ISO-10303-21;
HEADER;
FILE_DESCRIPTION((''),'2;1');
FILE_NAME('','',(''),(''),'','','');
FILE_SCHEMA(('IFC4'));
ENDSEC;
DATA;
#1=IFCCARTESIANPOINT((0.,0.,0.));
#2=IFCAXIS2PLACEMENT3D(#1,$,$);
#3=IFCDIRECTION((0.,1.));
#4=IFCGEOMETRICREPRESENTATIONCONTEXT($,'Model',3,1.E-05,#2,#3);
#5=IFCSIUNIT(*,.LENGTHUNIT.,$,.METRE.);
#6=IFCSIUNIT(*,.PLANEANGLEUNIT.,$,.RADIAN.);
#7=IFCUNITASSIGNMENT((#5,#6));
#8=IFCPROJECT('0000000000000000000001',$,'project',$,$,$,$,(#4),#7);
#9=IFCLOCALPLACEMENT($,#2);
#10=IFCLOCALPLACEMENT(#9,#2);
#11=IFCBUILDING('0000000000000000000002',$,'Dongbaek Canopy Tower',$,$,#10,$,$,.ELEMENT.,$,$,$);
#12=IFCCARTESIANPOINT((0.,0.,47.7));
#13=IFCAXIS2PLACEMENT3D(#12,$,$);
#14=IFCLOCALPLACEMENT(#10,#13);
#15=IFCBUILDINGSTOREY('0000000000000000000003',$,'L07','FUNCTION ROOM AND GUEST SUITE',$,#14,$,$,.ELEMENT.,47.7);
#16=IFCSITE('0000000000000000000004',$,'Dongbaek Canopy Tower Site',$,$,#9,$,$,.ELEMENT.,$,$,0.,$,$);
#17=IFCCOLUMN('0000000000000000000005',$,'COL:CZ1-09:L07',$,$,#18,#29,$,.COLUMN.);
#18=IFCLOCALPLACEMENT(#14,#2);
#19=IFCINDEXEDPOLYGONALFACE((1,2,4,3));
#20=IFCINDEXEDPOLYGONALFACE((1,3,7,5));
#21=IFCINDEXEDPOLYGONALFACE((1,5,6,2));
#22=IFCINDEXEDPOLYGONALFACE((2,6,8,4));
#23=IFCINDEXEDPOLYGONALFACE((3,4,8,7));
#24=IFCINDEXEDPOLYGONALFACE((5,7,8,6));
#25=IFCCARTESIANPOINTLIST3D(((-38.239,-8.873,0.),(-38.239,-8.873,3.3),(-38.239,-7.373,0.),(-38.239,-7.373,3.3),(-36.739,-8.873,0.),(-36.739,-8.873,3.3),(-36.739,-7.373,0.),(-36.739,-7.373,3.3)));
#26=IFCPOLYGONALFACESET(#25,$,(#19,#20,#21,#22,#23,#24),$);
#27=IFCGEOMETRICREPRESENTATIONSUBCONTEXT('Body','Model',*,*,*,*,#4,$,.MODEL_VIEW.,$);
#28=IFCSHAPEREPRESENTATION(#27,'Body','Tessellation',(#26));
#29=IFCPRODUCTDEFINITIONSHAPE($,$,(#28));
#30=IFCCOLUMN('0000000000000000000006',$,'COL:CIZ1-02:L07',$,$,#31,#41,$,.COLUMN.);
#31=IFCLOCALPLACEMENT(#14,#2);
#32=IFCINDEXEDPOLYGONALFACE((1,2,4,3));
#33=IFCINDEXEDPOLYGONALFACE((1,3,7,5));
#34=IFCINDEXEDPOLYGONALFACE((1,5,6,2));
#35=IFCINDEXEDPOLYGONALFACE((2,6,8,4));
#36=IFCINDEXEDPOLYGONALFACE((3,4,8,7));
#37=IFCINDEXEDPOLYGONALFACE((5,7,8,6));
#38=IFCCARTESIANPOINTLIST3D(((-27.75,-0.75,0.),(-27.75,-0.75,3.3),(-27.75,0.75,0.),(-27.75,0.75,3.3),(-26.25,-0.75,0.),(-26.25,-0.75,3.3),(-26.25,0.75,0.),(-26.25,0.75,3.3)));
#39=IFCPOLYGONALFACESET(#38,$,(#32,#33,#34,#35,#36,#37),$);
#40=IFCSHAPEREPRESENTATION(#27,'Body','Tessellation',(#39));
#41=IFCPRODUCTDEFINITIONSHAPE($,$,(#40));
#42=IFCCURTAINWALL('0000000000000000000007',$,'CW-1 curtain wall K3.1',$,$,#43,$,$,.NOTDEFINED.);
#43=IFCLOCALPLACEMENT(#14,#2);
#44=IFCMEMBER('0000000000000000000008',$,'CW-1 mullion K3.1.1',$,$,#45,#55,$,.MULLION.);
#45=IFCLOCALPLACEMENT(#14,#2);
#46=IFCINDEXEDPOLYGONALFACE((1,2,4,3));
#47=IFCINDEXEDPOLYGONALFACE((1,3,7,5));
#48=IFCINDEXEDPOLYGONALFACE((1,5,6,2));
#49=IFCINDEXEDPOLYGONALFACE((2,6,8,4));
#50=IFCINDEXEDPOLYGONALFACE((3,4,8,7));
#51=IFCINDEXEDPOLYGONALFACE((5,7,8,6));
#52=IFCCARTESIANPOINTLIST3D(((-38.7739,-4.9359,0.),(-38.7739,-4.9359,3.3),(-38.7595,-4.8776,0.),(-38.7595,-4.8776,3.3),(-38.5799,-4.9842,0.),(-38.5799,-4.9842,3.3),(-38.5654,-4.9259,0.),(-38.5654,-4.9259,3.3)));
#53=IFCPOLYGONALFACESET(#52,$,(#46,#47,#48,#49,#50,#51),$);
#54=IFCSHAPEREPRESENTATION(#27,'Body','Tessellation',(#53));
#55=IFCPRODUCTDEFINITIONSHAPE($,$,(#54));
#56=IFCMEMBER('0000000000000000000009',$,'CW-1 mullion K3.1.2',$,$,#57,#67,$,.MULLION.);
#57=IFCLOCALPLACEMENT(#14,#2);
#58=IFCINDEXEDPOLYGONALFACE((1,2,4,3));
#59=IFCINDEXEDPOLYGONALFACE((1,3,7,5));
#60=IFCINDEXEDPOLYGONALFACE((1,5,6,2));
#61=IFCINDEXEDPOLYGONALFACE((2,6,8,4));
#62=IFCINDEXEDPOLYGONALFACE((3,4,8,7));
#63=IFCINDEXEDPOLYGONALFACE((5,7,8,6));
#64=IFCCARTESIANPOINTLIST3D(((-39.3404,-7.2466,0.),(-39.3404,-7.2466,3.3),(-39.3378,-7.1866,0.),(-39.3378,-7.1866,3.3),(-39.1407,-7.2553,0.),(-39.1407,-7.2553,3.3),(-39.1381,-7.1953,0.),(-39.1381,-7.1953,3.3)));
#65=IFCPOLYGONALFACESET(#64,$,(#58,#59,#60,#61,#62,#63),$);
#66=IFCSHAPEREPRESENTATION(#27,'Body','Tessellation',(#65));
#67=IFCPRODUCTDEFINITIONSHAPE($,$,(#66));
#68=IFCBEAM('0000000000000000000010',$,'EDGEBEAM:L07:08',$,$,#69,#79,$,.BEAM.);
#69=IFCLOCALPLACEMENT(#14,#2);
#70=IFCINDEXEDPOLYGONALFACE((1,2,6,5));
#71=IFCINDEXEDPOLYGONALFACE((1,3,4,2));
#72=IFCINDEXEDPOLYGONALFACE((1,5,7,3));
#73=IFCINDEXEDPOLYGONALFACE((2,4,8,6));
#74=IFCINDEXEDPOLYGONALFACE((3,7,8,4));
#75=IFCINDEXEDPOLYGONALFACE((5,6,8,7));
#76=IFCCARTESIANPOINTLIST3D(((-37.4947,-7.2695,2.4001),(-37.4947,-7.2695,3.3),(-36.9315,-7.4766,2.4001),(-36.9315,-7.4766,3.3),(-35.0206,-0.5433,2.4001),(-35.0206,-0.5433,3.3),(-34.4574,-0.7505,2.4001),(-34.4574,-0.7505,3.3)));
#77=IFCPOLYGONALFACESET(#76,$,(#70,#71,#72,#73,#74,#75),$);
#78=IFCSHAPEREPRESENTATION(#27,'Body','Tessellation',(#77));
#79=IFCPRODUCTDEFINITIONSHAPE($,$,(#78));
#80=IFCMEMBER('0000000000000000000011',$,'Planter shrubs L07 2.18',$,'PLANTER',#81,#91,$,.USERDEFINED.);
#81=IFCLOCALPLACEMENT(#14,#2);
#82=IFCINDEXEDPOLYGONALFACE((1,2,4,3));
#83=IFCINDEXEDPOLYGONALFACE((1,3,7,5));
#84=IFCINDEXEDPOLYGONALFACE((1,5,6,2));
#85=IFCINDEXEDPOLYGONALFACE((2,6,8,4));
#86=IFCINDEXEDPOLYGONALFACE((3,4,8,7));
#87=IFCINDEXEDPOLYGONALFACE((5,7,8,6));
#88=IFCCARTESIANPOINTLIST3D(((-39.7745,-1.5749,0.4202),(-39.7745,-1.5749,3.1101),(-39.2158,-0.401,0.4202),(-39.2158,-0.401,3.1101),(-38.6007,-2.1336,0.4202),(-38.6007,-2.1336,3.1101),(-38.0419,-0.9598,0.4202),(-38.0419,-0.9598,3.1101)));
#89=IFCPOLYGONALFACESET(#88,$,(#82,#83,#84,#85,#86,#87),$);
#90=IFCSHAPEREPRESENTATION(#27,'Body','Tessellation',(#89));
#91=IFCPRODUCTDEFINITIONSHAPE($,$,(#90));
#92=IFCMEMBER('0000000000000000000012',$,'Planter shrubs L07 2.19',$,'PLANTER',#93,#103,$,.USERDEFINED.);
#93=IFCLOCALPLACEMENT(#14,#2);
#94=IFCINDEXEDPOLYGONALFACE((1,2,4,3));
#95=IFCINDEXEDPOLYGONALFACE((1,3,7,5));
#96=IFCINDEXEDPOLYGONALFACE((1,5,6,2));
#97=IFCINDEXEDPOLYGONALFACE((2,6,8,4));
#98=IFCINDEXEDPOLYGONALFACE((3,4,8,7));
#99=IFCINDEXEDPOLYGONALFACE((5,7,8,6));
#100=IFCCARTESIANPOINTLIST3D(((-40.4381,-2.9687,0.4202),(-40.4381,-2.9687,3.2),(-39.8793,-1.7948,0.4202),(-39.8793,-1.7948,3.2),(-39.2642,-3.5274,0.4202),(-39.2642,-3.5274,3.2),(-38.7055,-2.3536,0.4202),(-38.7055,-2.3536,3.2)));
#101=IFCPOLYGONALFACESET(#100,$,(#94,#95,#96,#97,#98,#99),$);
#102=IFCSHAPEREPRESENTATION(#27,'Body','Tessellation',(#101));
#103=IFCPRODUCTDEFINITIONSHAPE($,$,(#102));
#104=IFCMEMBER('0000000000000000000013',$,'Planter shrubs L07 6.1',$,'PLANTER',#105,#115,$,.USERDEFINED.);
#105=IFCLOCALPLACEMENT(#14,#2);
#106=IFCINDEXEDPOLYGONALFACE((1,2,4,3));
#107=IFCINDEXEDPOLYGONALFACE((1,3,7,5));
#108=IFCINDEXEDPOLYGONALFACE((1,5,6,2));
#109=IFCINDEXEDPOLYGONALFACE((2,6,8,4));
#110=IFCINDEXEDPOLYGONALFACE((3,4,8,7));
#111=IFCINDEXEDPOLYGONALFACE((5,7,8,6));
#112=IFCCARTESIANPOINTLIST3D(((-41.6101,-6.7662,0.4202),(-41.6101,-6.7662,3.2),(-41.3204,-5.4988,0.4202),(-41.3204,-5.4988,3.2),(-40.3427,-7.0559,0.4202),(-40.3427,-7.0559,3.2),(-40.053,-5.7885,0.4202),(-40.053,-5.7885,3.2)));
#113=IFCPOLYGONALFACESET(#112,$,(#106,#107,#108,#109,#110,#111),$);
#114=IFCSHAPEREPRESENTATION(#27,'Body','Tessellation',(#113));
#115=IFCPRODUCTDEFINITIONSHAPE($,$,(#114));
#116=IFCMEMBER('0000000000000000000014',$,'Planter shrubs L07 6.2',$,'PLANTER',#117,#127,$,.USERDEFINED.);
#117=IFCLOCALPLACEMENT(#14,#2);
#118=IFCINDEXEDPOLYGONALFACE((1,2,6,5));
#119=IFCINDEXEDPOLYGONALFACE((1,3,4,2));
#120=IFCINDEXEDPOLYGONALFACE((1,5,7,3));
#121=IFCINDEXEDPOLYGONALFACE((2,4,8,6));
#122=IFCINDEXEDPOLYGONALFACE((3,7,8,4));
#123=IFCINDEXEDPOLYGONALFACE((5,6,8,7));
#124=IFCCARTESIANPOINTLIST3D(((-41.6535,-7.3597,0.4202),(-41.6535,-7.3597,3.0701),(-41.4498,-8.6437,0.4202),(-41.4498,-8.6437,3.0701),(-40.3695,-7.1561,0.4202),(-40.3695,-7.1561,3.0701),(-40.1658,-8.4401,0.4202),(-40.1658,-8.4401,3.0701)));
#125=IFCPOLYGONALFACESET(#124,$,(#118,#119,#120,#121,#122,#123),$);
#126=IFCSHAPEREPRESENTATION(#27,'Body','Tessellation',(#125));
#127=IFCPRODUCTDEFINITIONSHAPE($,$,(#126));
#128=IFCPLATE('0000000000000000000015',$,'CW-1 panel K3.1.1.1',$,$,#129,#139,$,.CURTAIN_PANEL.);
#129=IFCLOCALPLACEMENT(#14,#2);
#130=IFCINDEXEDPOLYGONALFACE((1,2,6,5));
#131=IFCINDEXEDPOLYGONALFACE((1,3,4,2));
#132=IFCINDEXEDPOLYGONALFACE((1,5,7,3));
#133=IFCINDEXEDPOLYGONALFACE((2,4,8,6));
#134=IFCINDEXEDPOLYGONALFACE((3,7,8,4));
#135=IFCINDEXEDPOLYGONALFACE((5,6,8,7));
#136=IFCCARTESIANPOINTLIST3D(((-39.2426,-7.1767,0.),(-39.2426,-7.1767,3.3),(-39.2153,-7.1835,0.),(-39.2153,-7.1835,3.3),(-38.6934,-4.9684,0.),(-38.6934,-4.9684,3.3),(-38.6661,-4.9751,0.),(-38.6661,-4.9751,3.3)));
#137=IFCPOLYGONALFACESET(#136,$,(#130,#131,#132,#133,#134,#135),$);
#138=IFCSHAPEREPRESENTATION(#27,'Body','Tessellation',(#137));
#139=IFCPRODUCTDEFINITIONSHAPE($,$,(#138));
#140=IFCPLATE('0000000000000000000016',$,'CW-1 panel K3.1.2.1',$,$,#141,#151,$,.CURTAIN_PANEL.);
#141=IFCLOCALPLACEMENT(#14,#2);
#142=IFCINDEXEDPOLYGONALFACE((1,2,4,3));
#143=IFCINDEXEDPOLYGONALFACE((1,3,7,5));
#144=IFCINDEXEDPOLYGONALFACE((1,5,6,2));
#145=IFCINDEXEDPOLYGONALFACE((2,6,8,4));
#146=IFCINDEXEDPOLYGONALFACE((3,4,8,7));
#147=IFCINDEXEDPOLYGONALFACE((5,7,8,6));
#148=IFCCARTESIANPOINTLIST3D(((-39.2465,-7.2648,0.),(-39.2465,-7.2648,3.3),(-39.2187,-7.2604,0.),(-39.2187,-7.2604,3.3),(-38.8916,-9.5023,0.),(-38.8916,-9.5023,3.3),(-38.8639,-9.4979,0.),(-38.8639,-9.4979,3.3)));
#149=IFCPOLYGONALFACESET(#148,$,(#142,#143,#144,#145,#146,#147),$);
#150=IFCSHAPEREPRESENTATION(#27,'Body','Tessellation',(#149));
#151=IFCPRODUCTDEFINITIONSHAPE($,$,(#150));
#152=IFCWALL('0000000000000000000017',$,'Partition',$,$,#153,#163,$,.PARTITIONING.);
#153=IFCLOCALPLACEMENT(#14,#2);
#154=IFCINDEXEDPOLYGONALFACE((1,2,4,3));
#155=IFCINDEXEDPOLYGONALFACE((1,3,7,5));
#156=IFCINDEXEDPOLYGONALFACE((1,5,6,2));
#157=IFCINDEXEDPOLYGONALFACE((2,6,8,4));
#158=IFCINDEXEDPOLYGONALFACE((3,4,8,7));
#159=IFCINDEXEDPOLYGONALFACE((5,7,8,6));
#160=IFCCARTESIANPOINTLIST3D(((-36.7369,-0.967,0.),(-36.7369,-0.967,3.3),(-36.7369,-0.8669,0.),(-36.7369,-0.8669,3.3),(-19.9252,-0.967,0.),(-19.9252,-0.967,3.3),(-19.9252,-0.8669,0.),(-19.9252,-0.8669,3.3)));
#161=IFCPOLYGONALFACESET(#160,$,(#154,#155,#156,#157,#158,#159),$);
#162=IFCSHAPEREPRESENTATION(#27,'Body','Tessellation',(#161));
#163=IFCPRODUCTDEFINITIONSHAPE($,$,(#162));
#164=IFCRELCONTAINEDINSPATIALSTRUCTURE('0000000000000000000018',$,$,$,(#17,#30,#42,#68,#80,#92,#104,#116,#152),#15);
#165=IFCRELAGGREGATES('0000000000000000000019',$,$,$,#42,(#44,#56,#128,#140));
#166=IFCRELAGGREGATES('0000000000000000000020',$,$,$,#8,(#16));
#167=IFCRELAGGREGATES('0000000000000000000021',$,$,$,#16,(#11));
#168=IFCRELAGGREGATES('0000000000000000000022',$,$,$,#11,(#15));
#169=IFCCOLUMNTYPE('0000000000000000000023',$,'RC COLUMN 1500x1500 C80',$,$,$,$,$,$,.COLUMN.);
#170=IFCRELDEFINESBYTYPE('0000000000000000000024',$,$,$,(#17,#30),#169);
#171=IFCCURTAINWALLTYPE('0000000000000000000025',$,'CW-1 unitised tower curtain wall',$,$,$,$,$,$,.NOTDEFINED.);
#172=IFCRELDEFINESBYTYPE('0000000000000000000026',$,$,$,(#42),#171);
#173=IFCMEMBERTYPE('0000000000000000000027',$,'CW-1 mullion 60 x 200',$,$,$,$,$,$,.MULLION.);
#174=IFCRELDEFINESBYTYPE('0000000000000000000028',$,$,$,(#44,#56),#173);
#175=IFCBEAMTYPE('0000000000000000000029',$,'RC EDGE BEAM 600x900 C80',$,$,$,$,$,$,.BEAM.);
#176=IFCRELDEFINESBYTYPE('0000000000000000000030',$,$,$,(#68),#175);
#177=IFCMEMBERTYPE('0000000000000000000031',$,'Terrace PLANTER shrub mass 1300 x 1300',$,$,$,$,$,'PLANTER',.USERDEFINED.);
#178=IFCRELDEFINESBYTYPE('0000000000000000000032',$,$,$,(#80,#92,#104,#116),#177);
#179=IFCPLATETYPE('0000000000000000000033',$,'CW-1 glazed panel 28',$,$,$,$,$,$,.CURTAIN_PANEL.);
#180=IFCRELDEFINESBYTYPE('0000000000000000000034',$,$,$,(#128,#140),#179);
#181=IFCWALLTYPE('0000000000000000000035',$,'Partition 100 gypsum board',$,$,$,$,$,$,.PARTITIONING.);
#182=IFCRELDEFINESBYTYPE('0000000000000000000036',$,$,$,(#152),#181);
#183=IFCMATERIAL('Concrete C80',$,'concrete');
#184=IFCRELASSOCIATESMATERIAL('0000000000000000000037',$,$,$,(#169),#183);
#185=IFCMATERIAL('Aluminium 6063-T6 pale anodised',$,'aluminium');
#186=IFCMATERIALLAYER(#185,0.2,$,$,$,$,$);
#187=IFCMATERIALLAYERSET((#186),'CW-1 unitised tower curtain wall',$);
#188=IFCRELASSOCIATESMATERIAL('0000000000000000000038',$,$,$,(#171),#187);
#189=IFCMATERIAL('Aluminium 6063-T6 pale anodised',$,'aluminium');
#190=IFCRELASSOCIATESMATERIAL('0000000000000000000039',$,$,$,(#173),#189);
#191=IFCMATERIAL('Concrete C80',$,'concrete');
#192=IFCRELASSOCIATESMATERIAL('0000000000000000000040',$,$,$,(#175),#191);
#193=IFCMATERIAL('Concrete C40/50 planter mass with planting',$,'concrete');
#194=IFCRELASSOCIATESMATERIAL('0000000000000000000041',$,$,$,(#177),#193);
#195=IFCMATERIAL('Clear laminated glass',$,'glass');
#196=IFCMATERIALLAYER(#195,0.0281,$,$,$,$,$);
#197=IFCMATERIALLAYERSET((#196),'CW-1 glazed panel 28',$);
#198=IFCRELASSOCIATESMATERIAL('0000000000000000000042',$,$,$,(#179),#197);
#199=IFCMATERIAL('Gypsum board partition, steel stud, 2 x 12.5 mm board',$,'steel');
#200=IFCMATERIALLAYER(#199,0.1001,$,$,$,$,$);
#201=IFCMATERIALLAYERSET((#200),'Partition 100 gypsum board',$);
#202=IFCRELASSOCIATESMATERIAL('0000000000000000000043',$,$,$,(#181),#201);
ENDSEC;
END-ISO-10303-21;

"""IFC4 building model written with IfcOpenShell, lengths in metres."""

from ifc_helpers import new_model, si_unit, direction, frame, frame_2d, origin, origin_2d, place, context, subcontext, project, spatial, rectangle, extrude, material, layer, layer_set, material_profile, profile_set, type_object, element, aggregate, save


model = new_model("IFC4")

# Units and contexts
model_context = context("Model", 3, precision=1e-05, world=origin(), true_north=direction((0.0, 1.0)))
body_context = subcontext(model_context, "Body", "Model", "MODEL_VIEW")
ifc_project = project(units=[si_unit("LENGTHUNIT", "METRE"), si_unit("PLANEANGLEUNIT", "RADIAN")], contexts=[model_context])

# Site, building, storey
site_placement = place(None, origin())
site = spatial("IfcSite", under=ifc_project, at=site_placement, Name="Dongbaek Canopy Tower Site", CompositionType="ELEMENT", RefElevation=0.0)
building_placement = place(site_placement, origin())
building = spatial("IfcBuilding", under=site, at=building_placement, Name="Dongbaek Canopy Tower", CompositionType="ELEMENT")
storey_placement = place(building_placement, frame((0.0, 0.0, 47.7)))
storey = spatial("IfcBuildingStorey", under=building, at=storey_placement, Name="L07", Description="FUNCTION ROOM AND GUEST SUITE", CompositionType="ELEMENT", Elevation=47.7)

# Columns
ifc_material_1 = material(Name="Concrete C80", Category="concrete")
ifc_material_profile_1 = material_profile(ifc_material_1, rectangle(XDim=1.5, YDim=1.5, at=origin_2d()), Name="RC COLUMN 1500x1500 C80")
ifc_profile_set_1 = profile_set([ifc_material_profile_1], Name="Concrete C80")
column_type = type_object("IfcColumnType", Name="RC COLUMN 1500x1500 C80", PredefinedType="COLUMN", material=ifc_profile_set_1)
for number, where, z_axis, x_axis, name in (
    (1, (-37.489, -8.123, 0.0), (0.0, 0.0, 1.0), (1.0, 0.0, 0.0), "COL:CZ1-09:L07"),
    (2, (-27.0, 0.0, 0.0), (0.0, 0.0, 1.0), (1.0, 0.0, 0.0), "COL:CIZ1-02:L07"),
):
    element("IfcColumn", number, at=place(storey_placement, frame(where, z_axis=z_axis, x_axis=x_axis)), inside=storey, type_object=column_type, Name=name, PredefinedType="COLUMN", context=body_context, shape_type="SweptSolid", body=[
        extrude(rectangle(XDim=1.5, YDim=1.5, at=origin_2d()), origin(), (0.0, 0.0, 1.0), 3.3),
    ])

# Curtain wall, members
ifc_material_2 = material(Name="Aluminium 6063-T6 pale anodised", Category="aluminium")
ifc_layer_1 = layer(ifc_material_2, 0.2)
ifc_layer_set_1 = layer_set([ifc_layer_1], Name="CW-1 unitised tower curtain wall")
curtain_wall_type = type_object("IfcCurtainWallType", Name="CW-1 unitised tower curtain wall", PredefinedType="NOTDEFINED", material=ifc_layer_set_1)
curtain_wall_placement = place(storey_placement, origin())
curtain_wall = element("IfcCurtainWall", 3, at=curtain_wall_placement, inside=storey, type_object=curtain_wall_type, Name="CW-1 curtain wall K3.1", PredefinedType="NOTDEFINED")
ifc_material_3 = material(Name="Aluminium 6063-T6 pale anodised", Category="aluminium")
ifc_material_profile_2 = material_profile(ifc_material_3, rectangle(XDim=0.2, YDim=0.0601, at=origin_2d()), Name="CW-1 mullion 60 x 200")
ifc_profile_set_2 = profile_set([ifc_material_profile_2], Name="Aluminium 6063-T6 pale anodised")
member_type_1 = type_object("IfcMemberType", Name="CW-1 mullion 60 x 200", PredefinedType="MULLION", material=ifc_profile_set_2)
member_1_placement = place(storey_placement, frame((-38.6697, -4.9309, 0.0), z_axis=(0.0, 0.0, 1.0), x_axis=(-0.970442, 0.241335, 0.0)))
member_1 = element("IfcMember", 4, at=member_1_placement, type_object=member_type_1, Name="CW-1 mullion K3.1.1", PredefinedType="MULLION", context=body_context, shape_type="SweptSolid", body=[
    extrude(rectangle(XDim=0.2, YDim=0.0601, at=origin_2d()), origin(), (0.0, 0.0, 1.0), 3.3),
])
member_2_placement = place(storey_placement, frame((-39.2393, -7.2209, 0.0), z_axis=(0.0, 0.0, 1.0), x_axis=(-0.999066, 0.043209, 0.0)))
member_2 = element("IfcMember", 5, at=member_2_placement, type_object=member_type_1, Name="CW-1 mullion K3.1.2", PredefinedType="MULLION", context=body_context, shape_type="SweptSolid", body=[
    extrude(rectangle(XDim=0.2, YDim=0.0601, at=origin_2d()), origin(), (0.0, 0.0, 1.0), 3.3),
])

# Beam
ifc_material_4 = material(Name="Concrete C80", Category="concrete")
ifc_material_profile_3 = material_profile(ifc_material_4, rectangle(XDim=0.6001, YDim=0.8999, at=origin_2d()), Name="RC EDGE BEAM 600x900 C80")
ifc_profile_set_3 = profile_set([ifc_material_profile_3], Name="Concrete C80")
beam_type = type_object("IfcBeamType", Name="RC EDGE BEAM 600x900 C80", PredefinedType="BEAM", material=ifc_profile_set_3)
beam_placement = place(storey_placement, frame((-37.2131, -7.373, 2.8501), z_axis=(0.345225, 0.93852, 0.0), x_axis=(-0.93852, 0.345225, 0.0)))
element("IfcBeam", 6, at=beam_placement, inside=storey, type_object=beam_type, Name="EDGEBEAM:L07:08", PredefinedType="BEAM", context=body_context, shape_type="SweptSolid", body=[
    extrude(rectangle(XDim=0.6001, YDim=0.8999, at=origin_2d()), origin(), (0.0, 0.0, 1.0), 7.1667),
])

# Members
ifc_material_5 = material(Name="Concrete C40/50 planter mass with planting", Category="concrete")
ifc_material_profile_4 = material_profile(ifc_material_5, rectangle(XDim=1.3, YDim=1.3, at=origin_2d()), Name="Terrace PLANTER shrub mass 1300 x 1300")
ifc_profile_set_4 = profile_set([ifc_material_profile_4], Name="Concrete C40/50 planter mass with planting")
member_type_2 = type_object("IfcMemberType", Name="Terrace PLANTER shrub mass 1300 x 1300", ElementType="PLANTER", PredefinedType="USERDEFINED", material=ifc_profile_set_4)
member_3_placement = place(storey_placement, frame((-38.9082, -1.2673, 0.4202), z_axis=(0.0, 0.0, 1.0), x_axis=(-0.902929, 0.42979, 0.0)))
element("IfcMember", 7, at=member_3_placement, inside=storey, type_object=member_type_2, Name="Planter shrubs L07 2.18", ObjectType="PLANTER", PredefinedType="USERDEFINED", context=body_context, shape_type="SweptSolid", body=[
    extrude(rectangle(XDim=1.3, YDim=1.3, at=origin_2d()), origin(), (0.0, 0.0, 1.0), 2.6899),
])
for number, where, z_axis, x_axis, name in (
    (8, (-39.5718, -2.6611, 0.4202), (0.0, 0.0, 1.0), (-0.902929, 0.42979, 0.0), "Planter shrubs L07 2.19"),
    (9, (-40.8315, -6.2773, 0.4202), (0.0, 0.0, 1.0), (-0.974864, 0.2228, 0.0), "Planter shrubs L07 6.1"),
):
    element("IfcMember", number, at=place(storey_placement, frame(where, z_axis=z_axis, x_axis=x_axis)), inside=storey, type_object=member_type_2, Name=name, ObjectType="PLANTER", PredefinedType="USERDEFINED", context=body_context, shape_type="SweptSolid", body=[
        extrude(rectangle(XDim=1.3, YDim=1.3, at=origin_2d()), origin(), (0.0, 0.0, 1.0), 2.7798),
    ])
member_4_placement = place(storey_placement, frame((-40.9097, -7.8999, 0.4202), z_axis=(0.0, 0.0, 1.0), x_axis=(-0.987655, -0.156648, 0.0)))
element("IfcMember", 10, at=member_4_placement, inside=storey, type_object=member_type_2, Name="Planter shrubs L07 6.2", ObjectType="PLANTER", PredefinedType="USERDEFINED", context=body_context, shape_type="SweptSolid", body=[
    extrude(rectangle(XDim=1.3, YDim=1.3, at=origin_2d()), origin(), (0.0, 0.0, 1.0), 2.6499),
])

# Plates
ifc_material_6 = material(Name="Clear laminated glass", Category="glass")
ifc_layer_2 = layer(ifc_material_6, 0.0281)
ifc_layer_set_2 = layer_set([ifc_layer_2], Name="CW-1 glazed panel 28")
plate_type = type_object("IfcPlateType", Name="CW-1 glazed panel 28", PredefinedType="CURTAIN_PANEL", material=ifc_layer_set_2)
plate_1_placement = place(storey_placement, frame((-38.9543, -6.0759, 0.0), z_axis=(0.0, 0.0, 1.0), x_axis=(-0.241335, -0.970442, 0.0)))
plate_1 = element("IfcPlate", 11, at=plate_1_placement, type_object=plate_type, Name="CW-1 panel K3.1.1.1", PredefinedType="CURTAIN_PANEL", context=body_context, shape_type="SweptSolid", body=[
    extrude(rectangle(XDim=2.2756, YDim=0.0281, at=origin_2d()), origin(), (0.0, 0.0, 1.0), 3.3),
])
plate_2_placement = place(storey_placement, frame((-39.0552, -8.3813, 0.0), z_axis=(0.0, 0.0, 1.0), x_axis=(0.156648, -0.987655, 0.0)))
plate_2 = element("IfcPlate", 12, at=plate_2_placement, type_object=plate_type, Name="CW-1 panel K3.1.2.1", PredefinedType="CURTAIN_PANEL", context=body_context, shape_type="SweptSolid", body=[
    extrude(rectangle(XDim=2.2654, YDim=0.0281, at=origin_2d()), origin(), (0.0, 0.0, 1.0), 3.3),
])
aggregate(curtain_wall, [member_1, member_2, plate_1, plate_2])

# Wall
ifc_material_7 = material(Name="Gypsum board partition, steel stud, 2 x 12.5 mm board", Category="steel")
ifc_layer_3 = layer(ifc_material_7, 0.1001)
ifc_layer_set_3 = layer_set([ifc_layer_3], Name="Partition 100 gypsum board")
wall_type = type_object("IfcWallType", Name="Partition 100 gypsum board", PredefinedType="PARTITIONING", material=ifc_layer_set_3)
wall_placement = place(storey_placement, frame((-36.7368, -0.917, 0.0), z_axis=(0.0, 0.0, 1.0), x_axis=(1.0, 0.0, 0.0)))
element("IfcWall", 13, at=wall_placement, inside=storey, type_object=wall_type, Name="Partition", PredefinedType="PARTITIONING", context=body_context, shape_type="SweptSolid", body=[
    extrude(rectangle(XDim=16.8118, YDim=0.1001, at=frame_2d((8.4058, 0.0))), origin(), (0.0, 0.0, 1.0), 3.3),
])

save(model, "model.ifc")
